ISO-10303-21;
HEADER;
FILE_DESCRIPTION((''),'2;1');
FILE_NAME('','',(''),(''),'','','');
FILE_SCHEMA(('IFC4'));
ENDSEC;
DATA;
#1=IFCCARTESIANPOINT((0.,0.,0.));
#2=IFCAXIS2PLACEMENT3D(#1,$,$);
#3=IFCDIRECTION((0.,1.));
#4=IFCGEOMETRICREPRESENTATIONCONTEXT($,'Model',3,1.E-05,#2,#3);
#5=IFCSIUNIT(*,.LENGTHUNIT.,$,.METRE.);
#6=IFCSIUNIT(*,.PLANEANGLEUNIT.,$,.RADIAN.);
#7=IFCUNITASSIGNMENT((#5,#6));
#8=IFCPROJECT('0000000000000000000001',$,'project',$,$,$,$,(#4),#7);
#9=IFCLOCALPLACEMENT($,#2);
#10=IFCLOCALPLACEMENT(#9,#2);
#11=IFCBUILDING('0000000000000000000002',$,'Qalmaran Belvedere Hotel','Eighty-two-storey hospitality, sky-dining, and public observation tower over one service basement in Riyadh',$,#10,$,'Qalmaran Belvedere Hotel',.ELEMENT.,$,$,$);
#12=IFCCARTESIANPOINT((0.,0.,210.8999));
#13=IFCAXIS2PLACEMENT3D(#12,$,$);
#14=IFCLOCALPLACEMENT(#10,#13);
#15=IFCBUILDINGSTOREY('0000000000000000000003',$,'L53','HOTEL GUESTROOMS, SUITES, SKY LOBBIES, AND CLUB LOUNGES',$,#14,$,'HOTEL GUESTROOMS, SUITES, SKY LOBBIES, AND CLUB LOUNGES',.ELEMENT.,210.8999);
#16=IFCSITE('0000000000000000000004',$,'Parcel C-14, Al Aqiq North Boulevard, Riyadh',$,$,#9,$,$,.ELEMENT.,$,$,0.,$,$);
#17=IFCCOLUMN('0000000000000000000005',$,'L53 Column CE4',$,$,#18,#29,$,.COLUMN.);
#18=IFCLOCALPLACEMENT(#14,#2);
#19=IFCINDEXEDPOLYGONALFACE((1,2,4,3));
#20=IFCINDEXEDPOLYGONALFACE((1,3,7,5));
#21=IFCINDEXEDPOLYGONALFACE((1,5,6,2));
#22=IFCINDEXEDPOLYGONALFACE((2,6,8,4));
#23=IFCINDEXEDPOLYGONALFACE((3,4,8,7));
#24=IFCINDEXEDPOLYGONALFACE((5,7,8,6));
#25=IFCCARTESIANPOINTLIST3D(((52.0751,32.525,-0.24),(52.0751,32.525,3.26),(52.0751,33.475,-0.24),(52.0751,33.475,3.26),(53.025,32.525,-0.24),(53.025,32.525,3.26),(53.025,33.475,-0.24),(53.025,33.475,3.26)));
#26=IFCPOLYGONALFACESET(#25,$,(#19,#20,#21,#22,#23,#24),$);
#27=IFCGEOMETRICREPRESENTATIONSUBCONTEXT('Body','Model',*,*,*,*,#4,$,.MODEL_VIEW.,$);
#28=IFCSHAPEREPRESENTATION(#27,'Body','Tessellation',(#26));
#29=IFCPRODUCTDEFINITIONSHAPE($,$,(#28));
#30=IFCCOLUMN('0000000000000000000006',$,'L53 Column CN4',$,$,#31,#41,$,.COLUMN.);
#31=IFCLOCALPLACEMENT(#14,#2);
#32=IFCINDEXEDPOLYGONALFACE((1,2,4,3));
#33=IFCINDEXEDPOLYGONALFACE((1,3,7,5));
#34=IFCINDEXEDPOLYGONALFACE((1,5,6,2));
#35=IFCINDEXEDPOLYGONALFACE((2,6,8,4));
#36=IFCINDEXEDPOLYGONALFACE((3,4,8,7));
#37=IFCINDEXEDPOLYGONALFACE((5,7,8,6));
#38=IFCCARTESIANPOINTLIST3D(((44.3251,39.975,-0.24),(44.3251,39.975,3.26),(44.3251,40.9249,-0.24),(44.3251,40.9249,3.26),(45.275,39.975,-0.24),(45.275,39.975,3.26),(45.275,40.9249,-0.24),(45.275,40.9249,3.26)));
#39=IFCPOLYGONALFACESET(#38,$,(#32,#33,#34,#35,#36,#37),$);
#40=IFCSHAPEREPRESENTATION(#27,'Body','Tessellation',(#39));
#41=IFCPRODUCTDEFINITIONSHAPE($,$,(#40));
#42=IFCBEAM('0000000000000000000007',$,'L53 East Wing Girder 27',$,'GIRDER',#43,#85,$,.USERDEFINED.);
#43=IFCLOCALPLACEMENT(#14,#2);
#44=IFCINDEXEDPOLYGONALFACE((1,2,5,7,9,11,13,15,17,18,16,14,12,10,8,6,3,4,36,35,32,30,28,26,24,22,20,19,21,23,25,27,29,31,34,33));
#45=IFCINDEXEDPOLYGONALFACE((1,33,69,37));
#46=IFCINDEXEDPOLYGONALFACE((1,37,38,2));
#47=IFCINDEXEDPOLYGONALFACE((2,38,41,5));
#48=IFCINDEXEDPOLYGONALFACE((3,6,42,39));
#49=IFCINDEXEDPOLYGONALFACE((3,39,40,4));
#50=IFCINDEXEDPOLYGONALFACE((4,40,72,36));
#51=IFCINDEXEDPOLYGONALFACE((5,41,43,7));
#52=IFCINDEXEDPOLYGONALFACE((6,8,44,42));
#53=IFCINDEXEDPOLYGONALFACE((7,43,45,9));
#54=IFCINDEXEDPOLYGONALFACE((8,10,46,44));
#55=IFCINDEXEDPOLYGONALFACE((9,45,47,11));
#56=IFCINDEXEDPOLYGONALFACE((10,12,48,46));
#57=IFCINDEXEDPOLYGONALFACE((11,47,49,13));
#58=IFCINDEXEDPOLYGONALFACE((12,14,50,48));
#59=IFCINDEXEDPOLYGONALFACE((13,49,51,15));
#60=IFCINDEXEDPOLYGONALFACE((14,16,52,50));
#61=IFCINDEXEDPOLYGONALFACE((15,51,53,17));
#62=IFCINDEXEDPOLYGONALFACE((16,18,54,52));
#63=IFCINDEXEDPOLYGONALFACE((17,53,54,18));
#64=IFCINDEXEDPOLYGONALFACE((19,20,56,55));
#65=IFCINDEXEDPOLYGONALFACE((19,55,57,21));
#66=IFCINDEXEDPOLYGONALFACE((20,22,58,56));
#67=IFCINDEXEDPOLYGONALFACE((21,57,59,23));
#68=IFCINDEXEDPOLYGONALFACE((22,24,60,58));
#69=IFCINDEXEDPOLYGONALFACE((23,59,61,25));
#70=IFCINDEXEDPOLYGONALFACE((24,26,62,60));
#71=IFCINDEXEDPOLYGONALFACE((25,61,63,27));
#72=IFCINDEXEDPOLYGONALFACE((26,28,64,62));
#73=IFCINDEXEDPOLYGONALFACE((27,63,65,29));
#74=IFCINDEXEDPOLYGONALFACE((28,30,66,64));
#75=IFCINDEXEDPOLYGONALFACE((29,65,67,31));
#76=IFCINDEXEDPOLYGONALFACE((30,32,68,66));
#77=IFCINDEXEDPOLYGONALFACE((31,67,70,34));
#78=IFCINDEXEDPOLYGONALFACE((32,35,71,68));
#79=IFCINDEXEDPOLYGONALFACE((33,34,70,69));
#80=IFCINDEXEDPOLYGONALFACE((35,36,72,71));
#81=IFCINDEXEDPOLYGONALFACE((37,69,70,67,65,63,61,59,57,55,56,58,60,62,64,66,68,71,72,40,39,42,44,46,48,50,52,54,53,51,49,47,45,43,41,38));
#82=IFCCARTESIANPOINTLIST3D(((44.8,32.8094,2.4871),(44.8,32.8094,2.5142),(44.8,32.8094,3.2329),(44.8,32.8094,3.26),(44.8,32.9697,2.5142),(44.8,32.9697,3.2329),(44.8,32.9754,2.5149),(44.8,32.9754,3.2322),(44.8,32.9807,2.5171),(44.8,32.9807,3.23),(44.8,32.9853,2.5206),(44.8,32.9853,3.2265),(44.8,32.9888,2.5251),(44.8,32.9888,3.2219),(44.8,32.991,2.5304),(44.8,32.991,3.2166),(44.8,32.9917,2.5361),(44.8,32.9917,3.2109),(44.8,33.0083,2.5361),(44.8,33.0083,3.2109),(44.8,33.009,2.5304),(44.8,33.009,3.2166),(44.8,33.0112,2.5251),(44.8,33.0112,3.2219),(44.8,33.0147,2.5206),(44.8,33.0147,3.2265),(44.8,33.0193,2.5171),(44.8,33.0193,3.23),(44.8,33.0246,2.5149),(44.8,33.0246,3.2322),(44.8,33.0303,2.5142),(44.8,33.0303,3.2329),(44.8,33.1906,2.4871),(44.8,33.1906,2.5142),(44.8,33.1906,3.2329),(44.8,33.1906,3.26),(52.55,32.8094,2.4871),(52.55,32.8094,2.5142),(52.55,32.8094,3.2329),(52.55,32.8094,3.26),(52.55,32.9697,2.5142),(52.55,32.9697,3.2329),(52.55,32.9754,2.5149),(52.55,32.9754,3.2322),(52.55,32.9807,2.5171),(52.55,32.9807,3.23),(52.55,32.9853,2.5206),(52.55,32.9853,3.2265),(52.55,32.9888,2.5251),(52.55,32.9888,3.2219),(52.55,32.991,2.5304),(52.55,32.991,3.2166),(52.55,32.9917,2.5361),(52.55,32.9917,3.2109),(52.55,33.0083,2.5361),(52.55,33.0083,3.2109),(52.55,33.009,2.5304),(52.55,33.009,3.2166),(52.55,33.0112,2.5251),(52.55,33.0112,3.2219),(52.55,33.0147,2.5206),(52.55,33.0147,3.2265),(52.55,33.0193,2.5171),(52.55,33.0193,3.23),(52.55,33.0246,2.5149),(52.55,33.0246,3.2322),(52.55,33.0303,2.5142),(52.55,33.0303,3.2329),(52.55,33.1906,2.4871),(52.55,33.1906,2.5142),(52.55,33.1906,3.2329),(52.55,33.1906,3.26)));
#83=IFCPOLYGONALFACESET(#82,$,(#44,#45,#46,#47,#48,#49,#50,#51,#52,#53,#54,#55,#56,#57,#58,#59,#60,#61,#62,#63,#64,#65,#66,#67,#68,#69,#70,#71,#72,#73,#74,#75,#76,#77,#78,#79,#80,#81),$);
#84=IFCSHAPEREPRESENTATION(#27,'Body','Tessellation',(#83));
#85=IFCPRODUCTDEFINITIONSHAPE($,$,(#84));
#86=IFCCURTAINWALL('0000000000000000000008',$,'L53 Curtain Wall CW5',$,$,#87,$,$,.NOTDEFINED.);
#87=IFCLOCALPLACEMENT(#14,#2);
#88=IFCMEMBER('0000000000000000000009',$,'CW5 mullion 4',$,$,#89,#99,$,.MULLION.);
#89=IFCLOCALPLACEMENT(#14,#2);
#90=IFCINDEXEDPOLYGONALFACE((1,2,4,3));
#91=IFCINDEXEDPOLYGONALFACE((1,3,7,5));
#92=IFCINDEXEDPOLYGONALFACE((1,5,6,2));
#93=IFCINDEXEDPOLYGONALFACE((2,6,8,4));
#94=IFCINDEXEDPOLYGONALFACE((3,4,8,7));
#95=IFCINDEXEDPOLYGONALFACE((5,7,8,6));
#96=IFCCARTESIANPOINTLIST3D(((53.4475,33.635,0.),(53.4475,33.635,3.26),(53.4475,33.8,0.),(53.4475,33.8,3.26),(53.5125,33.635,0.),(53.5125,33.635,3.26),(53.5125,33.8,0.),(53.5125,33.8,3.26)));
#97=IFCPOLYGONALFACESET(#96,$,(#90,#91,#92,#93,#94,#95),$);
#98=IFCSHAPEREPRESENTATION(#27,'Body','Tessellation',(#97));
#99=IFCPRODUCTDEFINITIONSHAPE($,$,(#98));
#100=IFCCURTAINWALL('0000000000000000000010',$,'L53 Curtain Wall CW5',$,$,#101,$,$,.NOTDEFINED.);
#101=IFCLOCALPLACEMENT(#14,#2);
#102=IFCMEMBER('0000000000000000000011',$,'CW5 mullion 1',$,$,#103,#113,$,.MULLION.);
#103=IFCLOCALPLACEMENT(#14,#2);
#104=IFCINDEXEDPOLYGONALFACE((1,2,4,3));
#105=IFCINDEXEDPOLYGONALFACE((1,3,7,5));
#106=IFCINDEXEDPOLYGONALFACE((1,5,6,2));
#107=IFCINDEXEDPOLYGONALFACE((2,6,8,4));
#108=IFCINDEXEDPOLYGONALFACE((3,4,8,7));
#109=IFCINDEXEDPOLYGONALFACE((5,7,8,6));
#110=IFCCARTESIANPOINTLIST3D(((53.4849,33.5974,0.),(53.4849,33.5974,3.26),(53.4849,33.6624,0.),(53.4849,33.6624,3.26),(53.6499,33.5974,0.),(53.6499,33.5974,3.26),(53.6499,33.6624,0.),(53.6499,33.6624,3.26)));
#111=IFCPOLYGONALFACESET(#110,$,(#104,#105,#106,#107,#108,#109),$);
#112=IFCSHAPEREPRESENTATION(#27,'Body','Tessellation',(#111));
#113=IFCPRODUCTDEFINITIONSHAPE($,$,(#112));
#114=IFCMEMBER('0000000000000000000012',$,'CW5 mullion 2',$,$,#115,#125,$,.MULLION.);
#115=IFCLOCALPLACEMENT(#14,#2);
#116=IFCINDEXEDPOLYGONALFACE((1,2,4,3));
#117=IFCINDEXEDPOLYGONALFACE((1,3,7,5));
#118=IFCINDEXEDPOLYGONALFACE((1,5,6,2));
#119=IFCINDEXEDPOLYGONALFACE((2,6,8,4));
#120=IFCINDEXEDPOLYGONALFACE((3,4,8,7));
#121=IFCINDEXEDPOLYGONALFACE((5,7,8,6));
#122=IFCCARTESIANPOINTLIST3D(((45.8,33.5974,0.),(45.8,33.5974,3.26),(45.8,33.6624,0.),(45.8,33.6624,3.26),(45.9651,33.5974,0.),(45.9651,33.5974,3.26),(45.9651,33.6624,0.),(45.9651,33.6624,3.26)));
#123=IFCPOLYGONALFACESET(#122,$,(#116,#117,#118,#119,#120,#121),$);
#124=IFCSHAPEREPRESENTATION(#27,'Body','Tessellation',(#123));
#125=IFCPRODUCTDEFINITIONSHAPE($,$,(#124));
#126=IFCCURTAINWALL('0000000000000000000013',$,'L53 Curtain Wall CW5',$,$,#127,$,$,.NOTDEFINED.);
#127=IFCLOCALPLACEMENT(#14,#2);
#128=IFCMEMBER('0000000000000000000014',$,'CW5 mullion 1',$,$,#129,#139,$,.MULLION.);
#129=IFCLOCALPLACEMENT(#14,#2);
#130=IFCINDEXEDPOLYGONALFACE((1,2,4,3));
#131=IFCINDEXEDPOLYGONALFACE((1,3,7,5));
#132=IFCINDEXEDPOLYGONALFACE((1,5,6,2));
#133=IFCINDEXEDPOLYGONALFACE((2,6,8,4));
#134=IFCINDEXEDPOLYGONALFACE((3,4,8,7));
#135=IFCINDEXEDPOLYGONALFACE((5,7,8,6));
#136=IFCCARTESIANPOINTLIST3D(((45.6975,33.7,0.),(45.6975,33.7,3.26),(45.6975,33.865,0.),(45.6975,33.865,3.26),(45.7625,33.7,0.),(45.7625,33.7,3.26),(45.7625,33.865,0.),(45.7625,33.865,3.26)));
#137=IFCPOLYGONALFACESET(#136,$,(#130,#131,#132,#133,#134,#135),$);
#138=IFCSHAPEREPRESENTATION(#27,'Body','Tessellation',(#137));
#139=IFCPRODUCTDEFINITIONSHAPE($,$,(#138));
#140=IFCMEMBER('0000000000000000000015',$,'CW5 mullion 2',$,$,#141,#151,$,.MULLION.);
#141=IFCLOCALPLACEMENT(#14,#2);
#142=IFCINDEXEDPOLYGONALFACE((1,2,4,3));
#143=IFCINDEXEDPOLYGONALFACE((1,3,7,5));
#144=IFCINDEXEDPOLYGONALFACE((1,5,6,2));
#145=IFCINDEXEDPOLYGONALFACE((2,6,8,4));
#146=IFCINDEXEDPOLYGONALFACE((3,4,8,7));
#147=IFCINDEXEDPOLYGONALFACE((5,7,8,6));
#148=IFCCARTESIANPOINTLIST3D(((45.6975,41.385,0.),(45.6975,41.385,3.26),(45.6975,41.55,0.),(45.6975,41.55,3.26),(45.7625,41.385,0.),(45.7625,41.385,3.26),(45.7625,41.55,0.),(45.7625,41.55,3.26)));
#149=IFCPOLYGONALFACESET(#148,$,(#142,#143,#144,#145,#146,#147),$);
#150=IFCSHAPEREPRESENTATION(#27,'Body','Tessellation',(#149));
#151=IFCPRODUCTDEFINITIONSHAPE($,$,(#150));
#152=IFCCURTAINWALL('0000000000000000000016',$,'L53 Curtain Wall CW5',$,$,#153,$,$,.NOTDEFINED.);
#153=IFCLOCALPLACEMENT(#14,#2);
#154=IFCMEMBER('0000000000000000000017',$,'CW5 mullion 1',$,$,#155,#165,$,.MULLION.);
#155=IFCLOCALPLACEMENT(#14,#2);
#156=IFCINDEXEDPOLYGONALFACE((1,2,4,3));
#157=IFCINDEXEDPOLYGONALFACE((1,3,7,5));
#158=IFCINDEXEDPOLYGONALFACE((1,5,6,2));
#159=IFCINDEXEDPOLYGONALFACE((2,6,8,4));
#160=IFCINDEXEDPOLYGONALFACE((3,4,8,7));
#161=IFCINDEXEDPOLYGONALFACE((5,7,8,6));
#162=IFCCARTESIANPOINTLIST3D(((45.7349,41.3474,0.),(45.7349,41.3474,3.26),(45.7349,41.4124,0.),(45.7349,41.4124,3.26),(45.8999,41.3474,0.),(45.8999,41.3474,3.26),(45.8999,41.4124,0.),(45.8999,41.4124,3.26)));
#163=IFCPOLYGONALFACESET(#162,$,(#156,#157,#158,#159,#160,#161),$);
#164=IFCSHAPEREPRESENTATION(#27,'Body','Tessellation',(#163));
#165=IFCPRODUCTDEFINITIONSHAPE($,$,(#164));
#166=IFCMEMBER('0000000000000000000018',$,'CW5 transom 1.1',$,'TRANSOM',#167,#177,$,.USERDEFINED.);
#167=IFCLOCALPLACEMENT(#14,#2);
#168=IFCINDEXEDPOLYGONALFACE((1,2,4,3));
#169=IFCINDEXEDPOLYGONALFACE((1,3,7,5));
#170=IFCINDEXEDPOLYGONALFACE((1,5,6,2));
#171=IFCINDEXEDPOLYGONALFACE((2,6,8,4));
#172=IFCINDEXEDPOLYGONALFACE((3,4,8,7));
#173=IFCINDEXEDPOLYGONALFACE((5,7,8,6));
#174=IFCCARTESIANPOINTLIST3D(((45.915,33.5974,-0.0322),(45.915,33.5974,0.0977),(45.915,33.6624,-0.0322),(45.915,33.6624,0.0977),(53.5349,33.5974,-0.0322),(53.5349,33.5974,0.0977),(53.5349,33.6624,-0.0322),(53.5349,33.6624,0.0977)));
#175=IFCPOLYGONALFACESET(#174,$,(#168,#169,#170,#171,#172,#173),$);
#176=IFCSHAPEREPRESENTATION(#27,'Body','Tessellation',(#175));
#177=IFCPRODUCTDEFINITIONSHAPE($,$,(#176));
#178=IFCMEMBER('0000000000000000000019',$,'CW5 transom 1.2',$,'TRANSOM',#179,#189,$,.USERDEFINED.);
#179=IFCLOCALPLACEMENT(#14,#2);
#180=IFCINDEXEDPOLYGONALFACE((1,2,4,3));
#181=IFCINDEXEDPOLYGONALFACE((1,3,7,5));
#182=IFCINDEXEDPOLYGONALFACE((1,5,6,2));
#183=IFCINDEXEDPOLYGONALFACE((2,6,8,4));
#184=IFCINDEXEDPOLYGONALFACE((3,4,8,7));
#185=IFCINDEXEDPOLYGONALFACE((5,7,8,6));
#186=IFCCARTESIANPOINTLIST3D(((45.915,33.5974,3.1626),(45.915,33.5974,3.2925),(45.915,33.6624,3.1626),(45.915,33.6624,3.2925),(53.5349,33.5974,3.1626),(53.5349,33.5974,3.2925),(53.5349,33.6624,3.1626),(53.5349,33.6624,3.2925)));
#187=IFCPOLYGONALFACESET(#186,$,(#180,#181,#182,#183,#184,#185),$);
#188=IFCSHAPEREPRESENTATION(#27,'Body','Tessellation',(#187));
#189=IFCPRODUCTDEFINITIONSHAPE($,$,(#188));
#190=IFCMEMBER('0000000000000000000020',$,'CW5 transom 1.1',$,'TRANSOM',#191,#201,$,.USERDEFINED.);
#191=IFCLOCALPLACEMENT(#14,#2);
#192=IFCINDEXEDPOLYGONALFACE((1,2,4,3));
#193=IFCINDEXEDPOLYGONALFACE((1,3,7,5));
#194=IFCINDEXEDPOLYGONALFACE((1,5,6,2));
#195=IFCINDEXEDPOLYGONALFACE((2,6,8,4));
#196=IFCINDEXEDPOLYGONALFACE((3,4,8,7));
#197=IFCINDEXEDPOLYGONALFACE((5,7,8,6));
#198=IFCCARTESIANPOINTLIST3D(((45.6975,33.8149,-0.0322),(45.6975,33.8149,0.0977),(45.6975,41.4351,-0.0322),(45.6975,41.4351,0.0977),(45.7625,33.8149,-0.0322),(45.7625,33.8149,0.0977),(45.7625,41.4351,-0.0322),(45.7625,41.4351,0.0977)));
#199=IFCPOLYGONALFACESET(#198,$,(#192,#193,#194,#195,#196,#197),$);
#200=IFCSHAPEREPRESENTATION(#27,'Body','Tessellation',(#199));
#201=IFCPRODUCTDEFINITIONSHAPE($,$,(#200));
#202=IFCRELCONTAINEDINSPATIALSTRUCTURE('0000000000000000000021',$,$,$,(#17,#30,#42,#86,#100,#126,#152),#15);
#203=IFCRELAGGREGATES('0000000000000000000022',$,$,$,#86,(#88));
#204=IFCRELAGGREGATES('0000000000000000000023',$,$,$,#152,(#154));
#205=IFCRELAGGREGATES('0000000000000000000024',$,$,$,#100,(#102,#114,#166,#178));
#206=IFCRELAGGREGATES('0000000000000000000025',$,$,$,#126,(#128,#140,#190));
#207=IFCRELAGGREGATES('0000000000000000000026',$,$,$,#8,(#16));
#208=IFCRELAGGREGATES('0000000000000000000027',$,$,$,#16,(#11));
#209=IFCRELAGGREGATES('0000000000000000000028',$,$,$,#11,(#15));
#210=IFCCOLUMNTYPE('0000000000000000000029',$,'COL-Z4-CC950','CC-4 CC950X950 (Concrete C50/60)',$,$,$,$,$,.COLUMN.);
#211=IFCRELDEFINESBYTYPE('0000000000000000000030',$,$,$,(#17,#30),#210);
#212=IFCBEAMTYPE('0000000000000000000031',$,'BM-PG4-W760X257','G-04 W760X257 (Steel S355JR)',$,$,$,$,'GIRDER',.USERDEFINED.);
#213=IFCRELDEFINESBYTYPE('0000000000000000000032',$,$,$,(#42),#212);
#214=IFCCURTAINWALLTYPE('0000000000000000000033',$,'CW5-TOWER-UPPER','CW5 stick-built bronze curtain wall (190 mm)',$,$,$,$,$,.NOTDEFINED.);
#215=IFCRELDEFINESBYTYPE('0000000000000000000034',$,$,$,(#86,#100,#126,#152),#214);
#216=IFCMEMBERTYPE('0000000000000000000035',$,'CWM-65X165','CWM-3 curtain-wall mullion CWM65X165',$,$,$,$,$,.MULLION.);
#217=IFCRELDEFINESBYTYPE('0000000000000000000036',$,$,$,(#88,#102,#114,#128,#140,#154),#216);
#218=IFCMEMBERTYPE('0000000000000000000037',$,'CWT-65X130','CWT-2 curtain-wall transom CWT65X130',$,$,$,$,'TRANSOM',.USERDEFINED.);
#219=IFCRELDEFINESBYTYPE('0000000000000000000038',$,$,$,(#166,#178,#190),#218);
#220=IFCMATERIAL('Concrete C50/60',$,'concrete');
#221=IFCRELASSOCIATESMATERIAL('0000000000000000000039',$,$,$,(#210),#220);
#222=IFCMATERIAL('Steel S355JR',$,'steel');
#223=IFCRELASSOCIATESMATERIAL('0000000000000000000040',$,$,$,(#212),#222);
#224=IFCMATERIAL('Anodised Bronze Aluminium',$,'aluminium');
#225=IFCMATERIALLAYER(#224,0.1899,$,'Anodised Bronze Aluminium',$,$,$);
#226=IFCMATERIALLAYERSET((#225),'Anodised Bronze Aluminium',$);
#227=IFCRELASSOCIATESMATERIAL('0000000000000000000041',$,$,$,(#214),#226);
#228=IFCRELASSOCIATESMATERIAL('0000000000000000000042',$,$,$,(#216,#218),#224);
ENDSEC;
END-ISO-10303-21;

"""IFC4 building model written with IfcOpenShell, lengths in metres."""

from ifc_helpers import new_model, si_unit, direction, frame, origin, origin_2d, place, context, subcontext, project, spatial, rectangle, i_section, extrude, material, layer, layer_set, material_profile, profile_set, type_object, element, aggregate, save


model = new_model("IFC4")

# Units and contexts
model_context = context("Model", 3, precision=1e-05, world=origin(), true_north=direction((0.0, 1.0)))
body_context = subcontext(model_context, "Body", "Model", "MODEL_VIEW")
ifc_project = project(units=[si_unit("LENGTHUNIT", "METRE"), si_unit("PLANEANGLEUNIT", "RADIAN")], contexts=[model_context])

# Site, building, storey
site_placement = place(None, origin())
site = spatial("IfcSite", under=ifc_project, at=site_placement, Name="Parcel C-14, Al Aqiq North Boulevard, Riyadh", CompositionType="ELEMENT", RefElevation=0.0)
building_placement = place(site_placement, origin())
building = spatial("IfcBuilding", under=site, at=building_placement, Name="Qalmaran Belvedere Hotel", Description="Eighty-two-storey hospitality, sky-dining, and public observation tower over one service basement in Riyadh", LongName="Qalmaran Belvedere Hotel", CompositionType="ELEMENT")
storey_placement = place(building_placement, frame((0.0, 0.0, 210.8999)))
storey = spatial("IfcBuildingStorey", under=building, at=storey_placement, Name="L53", Description="HOTEL GUESTROOMS, SUITES, SKY LOBBIES, AND CLUB LOUNGES", LongName="HOTEL GUESTROOMS, SUITES, SKY LOBBIES, AND CLUB LOUNGES", CompositionType="ELEMENT", Elevation=210.8999)

# Columns
ifc_material_1 = material(Name="Concrete C50/60", Category="concrete")
ifc_material_profile_1 = material_profile(ifc_material_1, rectangle(XDim=0.95, YDim=0.95, at=origin_2d()), Name="CC950X950")
ifc_profile_set_1 = profile_set([ifc_material_profile_1], Name="Concrete C50/60")
column_type = type_object("IfcColumnType", Name="COL-Z4-CC950", Description="CC-4 CC950X950 (Concrete C50/60)", PredefinedType="COLUMN", material=ifc_profile_set_1)
for number, where, z_axis, x_axis, name in (
    (1, (52.55, 33.0, -0.24), (0.0, 0.0, 1.0), (1.0, 0.0, 0.0), "L53 Column CE4"),
    (2, (44.8, 40.45, -0.24), (0.0, 0.0, 1.0), (1.0, 0.0, 0.0), "L53 Column CN4"),
):
    element("IfcColumn", number, at=place(storey_placement, frame(where, z_axis=z_axis, x_axis=x_axis)), inside=storey, type_object=column_type, Name=name, PredefinedType="COLUMN", context=body_context, shape_type="SweptSolid", body=[
        extrude(rectangle(XDim=0.95, YDim=0.95, at=origin_2d()), origin(), (0.0, 0.0, 1.0), 3.5),
    ])

# Beam
ifc_material_2 = material(Name="Steel S355JR", Category="steel")
ifc_material_profile_2 = material_profile(ifc_material_2, i_section(OverallWidth=0.3811, OverallDepth=0.7729, WebThickness=0.0166, FlangeThickness=0.0271, FilletRadius=0.022, at=origin_2d()), Name="W760X257")
ifc_profile_set_2 = profile_set([ifc_material_profile_2], Name="Steel S355JR")
beam_type = type_object("IfcBeamType", Name="BM-PG4-W760X257", Description="G-04 W760X257 (Steel S355JR)", ElementType="GIRDER", PredefinedType="USERDEFINED", material=ifc_profile_set_2)
beam_placement = place(storey_placement, frame((44.8, 33.0, 2.8735), z_axis=(1.0, 0.0, 0.0), x_axis=(0.0, 1.0, 0.0)))
element("IfcBeam", 3, at=beam_placement, inside=storey, type_object=beam_type, Name="L53 East Wing Girder 27", ObjectType="GIRDER", PredefinedType="USERDEFINED", context=body_context, shape_type="SweptSolid", body=[
    extrude(i_section(OverallWidth=0.3811, OverallDepth=0.7729, WebThickness=0.0166, FlangeThickness=0.0271, FilletRadius=0.022, at=origin_2d()), origin(), (0.0, 0.0, 1.0), 7.75),
])

# Curtain wall, member
ifc_material_3 = material(Name="Anodised Bronze Aluminium", Category="aluminium")
ifc_layer_1 = layer(ifc_material_3, 0.1899, Name="Anodised Bronze Aluminium")
ifc_layer_set_1 = layer_set([ifc_layer_1], Name="Anodised Bronze Aluminium")
curtain_wall_type = type_object("IfcCurtainWallType", Name="CW5-TOWER-UPPER", Description="CW5 stick-built bronze curtain wall (190 mm)", PredefinedType="NOTDEFINED", material=ifc_layer_set_1)
curtain_wall_1_placement = place(storey_placement, origin())
curtain_wall_1 = element("IfcCurtainWall", 4, at=curtain_wall_1_placement, inside=storey, type_object=curtain_wall_type, Name="L53 Curtain Wall CW5", PredefinedType="NOTDEFINED")
ifc_material_profile_3 = material_profile(ifc_material_3, rectangle(XDim=0.0649, YDim=0.165, at=origin_2d()), Name="CWM65X165")
ifc_profile_set_3 = profile_set([ifc_material_profile_3], Name="Anodised Bronze Aluminium")
member_type_1 = type_object("IfcMemberType", Name="CWM-65X165", Description="CWM-3 curtain-wall mullion CWM65X165", PredefinedType="MULLION", material=ifc_profile_set_3)
member_1_placement = place(storey_placement, frame((53.48, 33.7175, 0.0), z_axis=(0.0, 0.0, 1.0), x_axis=(-1.0, 0.0, 0.0)))
member_1 = element("IfcMember", 5, at=member_1_placement, type_object=member_type_1, Name="CW5 mullion 4", PredefinedType="MULLION", context=body_context, shape_type="SweptSolid", body=[
    extrude(rectangle(XDim=0.0649, YDim=0.165, at=origin_2d()), origin(), (0.0, 0.0, 1.0), 3.26),
])
aggregate(curtain_wall_1, [member_1])

# Curtain walls, members
curtain_wall_2_placement = place(storey_placement, origin())
curtain_wall_2 = element("IfcCurtainWall", 6, at=curtain_wall_2_placement, inside=storey, type_object=curtain_wall_type, Name="L53 Curtain Wall CW5", PredefinedType="NOTDEFINED")
member_2_placement = place(storey_placement, frame((53.5674, 33.6299, 0.0), z_axis=(0.0, 0.0, 1.0), x_axis=(0.0, -1.0, 0.0)))
member_2 = element("IfcMember", 7, at=member_2_placement, type_object=member_type_1, Name="CW5 mullion 1", PredefinedType="MULLION", context=body_context, shape_type="SweptSolid", body=[
    extrude(rectangle(XDim=0.0649, YDim=0.165, at=origin_2d()), origin(), (0.0, 0.0, 1.0), 3.26),
])
member_3_placement = place(storey_placement, frame((45.8826, 33.6299, 0.0), z_axis=(0.0, 0.0, 1.0), x_axis=(0.0, -1.0, 0.0)))
member_3 = element("IfcMember", 8, at=member_3_placement, type_object=member_type_1, Name="CW5 mullion 2", PredefinedType="MULLION", context=body_context, shape_type="SweptSolid", body=[
    extrude(rectangle(XDim=0.0649, YDim=0.165, at=origin_2d()), origin(), (0.0, 0.0, 1.0), 3.26),
])
curtain_wall_3_placement = place(storey_placement, origin())
curtain_wall_3 = element("IfcCurtainWall", 9, at=curtain_wall_3_placement, inside=storey, type_object=curtain_wall_type, Name="L53 Curtain Wall CW5", PredefinedType="NOTDEFINED")
member_4_placement = place(storey_placement, frame((45.73, 33.7825, 0.0), z_axis=(0.0, 0.0, 1.0), x_axis=(-1.0, 0.0, 0.0)))
member_4 = element("IfcMember", 10, at=member_4_placement, type_object=member_type_1, Name="CW5 mullion 1", PredefinedType="MULLION", context=body_context, shape_type="SweptSolid", body=[
    extrude(rectangle(XDim=0.0649, YDim=0.165, at=origin_2d()), origin(), (0.0, 0.0, 1.0), 3.26),
])
member_5_placement = place(storey_placement, frame((45.73, 41.4675, 0.0), z_axis=(0.0, 0.0, 1.0), x_axis=(-1.0, 0.0, 0.0)))
member_5 = element("IfcMember", 11, at=member_5_placement, type_object=member_type_1, Name="CW5 mullion 2", PredefinedType="MULLION", context=body_context, shape_type="SweptSolid", body=[
    extrude(rectangle(XDim=0.0649, YDim=0.165, at=origin_2d()), origin(), (0.0, 0.0, 1.0), 3.26),
])

# Curtain wall, member
curtain_wall_4_placement = place(storey_placement, origin())
curtain_wall_4 = element("IfcCurtainWall", 12, at=curtain_wall_4_placement, inside=storey, type_object=curtain_wall_type, Name="L53 Curtain Wall CW5", PredefinedType="NOTDEFINED")
member_6_placement = place(storey_placement, frame((45.8174, 41.3799, 0.0), z_axis=(0.0, 0.0, 1.0), x_axis=(0.0, -1.0, 0.0)))
member_6 = element("IfcMember", 13, at=member_6_placement, type_object=member_type_1, Name="CW5 mullion 1", PredefinedType="MULLION", context=body_context, shape_type="SweptSolid", body=[
    extrude(rectangle(XDim=0.0649, YDim=0.165, at=origin_2d()), origin(), (0.0, 0.0, 1.0), 3.26),
])

# Members
ifc_material_profile_4 = material_profile(ifc_material_3, rectangle(XDim=0.0649, YDim=0.1299, at=origin_2d()), Name="CWT65X130")
ifc_profile_set_4 = profile_set([ifc_material_profile_4], Name="Anodised Bronze Aluminium")
member_type_2 = type_object("IfcMemberType", Name="CWT-65X130", Description="CWT-2 curtain-wall transom CWT65X130", ElementType="TRANSOM", PredefinedType="USERDEFINED", material=ifc_profile_set_4)
member_7_placement = place(storey_placement, frame((53.5349, 33.6299, 0.0327), z_axis=(-1.0, 0.0, 0.0), x_axis=(0.0, -1.0, 0.0)))
member_7 = element("IfcMember", 14, at=member_7_placement, type_object=member_type_2, Name="CW5 transom 1.1", ObjectType="TRANSOM", PredefinedType="USERDEFINED", context=body_context, shape_type="SweptSolid", body=[
    extrude(rectangle(XDim=0.0649, YDim=0.1299, at=origin_2d()), origin(), (0.0, 0.0, 1.0), 7.6199),
])
member_8_placement = place(storey_placement, frame((53.5349, 33.6299, 3.2275), z_axis=(-1.0, 0.0, 0.0), x_axis=(0.0, -1.0, 0.0)))
member_8 = element("IfcMember", 15, at=member_8_placement, type_object=member_type_2, Name="CW5 transom 1.2", ObjectType="TRANSOM", PredefinedType="USERDEFINED", context=body_context, shape_type="SweptSolid", body=[
    extrude(rectangle(XDim=0.0649, YDim=0.1299, at=origin_2d()), origin(), (0.0, 0.0, 1.0), 7.6199),
])
member_9_placement = place(storey_placement, frame((45.73, 33.8149, 0.0327), z_axis=(0.0, 1.0, 0.0), x_axis=(-1.0, 0.0, 0.0)))
member_9 = element("IfcMember", 16, at=member_9_placement, type_object=member_type_2, Name="CW5 transom 1.1", ObjectType="TRANSOM", PredefinedType="USERDEFINED", context=body_context, shape_type="SweptSolid", body=[
    extrude(rectangle(XDim=0.0649, YDim=0.1299, at=origin_2d()), origin(), (0.0, 0.0, 1.0), 7.6201),
])
aggregate(curtain_wall_4, [member_6])

aggregate(curtain_wall_2, [member_2, member_3, member_7, member_8])
aggregate(curtain_wall_3, [member_4, member_5, member_9])

save(model, "model.ifc")
